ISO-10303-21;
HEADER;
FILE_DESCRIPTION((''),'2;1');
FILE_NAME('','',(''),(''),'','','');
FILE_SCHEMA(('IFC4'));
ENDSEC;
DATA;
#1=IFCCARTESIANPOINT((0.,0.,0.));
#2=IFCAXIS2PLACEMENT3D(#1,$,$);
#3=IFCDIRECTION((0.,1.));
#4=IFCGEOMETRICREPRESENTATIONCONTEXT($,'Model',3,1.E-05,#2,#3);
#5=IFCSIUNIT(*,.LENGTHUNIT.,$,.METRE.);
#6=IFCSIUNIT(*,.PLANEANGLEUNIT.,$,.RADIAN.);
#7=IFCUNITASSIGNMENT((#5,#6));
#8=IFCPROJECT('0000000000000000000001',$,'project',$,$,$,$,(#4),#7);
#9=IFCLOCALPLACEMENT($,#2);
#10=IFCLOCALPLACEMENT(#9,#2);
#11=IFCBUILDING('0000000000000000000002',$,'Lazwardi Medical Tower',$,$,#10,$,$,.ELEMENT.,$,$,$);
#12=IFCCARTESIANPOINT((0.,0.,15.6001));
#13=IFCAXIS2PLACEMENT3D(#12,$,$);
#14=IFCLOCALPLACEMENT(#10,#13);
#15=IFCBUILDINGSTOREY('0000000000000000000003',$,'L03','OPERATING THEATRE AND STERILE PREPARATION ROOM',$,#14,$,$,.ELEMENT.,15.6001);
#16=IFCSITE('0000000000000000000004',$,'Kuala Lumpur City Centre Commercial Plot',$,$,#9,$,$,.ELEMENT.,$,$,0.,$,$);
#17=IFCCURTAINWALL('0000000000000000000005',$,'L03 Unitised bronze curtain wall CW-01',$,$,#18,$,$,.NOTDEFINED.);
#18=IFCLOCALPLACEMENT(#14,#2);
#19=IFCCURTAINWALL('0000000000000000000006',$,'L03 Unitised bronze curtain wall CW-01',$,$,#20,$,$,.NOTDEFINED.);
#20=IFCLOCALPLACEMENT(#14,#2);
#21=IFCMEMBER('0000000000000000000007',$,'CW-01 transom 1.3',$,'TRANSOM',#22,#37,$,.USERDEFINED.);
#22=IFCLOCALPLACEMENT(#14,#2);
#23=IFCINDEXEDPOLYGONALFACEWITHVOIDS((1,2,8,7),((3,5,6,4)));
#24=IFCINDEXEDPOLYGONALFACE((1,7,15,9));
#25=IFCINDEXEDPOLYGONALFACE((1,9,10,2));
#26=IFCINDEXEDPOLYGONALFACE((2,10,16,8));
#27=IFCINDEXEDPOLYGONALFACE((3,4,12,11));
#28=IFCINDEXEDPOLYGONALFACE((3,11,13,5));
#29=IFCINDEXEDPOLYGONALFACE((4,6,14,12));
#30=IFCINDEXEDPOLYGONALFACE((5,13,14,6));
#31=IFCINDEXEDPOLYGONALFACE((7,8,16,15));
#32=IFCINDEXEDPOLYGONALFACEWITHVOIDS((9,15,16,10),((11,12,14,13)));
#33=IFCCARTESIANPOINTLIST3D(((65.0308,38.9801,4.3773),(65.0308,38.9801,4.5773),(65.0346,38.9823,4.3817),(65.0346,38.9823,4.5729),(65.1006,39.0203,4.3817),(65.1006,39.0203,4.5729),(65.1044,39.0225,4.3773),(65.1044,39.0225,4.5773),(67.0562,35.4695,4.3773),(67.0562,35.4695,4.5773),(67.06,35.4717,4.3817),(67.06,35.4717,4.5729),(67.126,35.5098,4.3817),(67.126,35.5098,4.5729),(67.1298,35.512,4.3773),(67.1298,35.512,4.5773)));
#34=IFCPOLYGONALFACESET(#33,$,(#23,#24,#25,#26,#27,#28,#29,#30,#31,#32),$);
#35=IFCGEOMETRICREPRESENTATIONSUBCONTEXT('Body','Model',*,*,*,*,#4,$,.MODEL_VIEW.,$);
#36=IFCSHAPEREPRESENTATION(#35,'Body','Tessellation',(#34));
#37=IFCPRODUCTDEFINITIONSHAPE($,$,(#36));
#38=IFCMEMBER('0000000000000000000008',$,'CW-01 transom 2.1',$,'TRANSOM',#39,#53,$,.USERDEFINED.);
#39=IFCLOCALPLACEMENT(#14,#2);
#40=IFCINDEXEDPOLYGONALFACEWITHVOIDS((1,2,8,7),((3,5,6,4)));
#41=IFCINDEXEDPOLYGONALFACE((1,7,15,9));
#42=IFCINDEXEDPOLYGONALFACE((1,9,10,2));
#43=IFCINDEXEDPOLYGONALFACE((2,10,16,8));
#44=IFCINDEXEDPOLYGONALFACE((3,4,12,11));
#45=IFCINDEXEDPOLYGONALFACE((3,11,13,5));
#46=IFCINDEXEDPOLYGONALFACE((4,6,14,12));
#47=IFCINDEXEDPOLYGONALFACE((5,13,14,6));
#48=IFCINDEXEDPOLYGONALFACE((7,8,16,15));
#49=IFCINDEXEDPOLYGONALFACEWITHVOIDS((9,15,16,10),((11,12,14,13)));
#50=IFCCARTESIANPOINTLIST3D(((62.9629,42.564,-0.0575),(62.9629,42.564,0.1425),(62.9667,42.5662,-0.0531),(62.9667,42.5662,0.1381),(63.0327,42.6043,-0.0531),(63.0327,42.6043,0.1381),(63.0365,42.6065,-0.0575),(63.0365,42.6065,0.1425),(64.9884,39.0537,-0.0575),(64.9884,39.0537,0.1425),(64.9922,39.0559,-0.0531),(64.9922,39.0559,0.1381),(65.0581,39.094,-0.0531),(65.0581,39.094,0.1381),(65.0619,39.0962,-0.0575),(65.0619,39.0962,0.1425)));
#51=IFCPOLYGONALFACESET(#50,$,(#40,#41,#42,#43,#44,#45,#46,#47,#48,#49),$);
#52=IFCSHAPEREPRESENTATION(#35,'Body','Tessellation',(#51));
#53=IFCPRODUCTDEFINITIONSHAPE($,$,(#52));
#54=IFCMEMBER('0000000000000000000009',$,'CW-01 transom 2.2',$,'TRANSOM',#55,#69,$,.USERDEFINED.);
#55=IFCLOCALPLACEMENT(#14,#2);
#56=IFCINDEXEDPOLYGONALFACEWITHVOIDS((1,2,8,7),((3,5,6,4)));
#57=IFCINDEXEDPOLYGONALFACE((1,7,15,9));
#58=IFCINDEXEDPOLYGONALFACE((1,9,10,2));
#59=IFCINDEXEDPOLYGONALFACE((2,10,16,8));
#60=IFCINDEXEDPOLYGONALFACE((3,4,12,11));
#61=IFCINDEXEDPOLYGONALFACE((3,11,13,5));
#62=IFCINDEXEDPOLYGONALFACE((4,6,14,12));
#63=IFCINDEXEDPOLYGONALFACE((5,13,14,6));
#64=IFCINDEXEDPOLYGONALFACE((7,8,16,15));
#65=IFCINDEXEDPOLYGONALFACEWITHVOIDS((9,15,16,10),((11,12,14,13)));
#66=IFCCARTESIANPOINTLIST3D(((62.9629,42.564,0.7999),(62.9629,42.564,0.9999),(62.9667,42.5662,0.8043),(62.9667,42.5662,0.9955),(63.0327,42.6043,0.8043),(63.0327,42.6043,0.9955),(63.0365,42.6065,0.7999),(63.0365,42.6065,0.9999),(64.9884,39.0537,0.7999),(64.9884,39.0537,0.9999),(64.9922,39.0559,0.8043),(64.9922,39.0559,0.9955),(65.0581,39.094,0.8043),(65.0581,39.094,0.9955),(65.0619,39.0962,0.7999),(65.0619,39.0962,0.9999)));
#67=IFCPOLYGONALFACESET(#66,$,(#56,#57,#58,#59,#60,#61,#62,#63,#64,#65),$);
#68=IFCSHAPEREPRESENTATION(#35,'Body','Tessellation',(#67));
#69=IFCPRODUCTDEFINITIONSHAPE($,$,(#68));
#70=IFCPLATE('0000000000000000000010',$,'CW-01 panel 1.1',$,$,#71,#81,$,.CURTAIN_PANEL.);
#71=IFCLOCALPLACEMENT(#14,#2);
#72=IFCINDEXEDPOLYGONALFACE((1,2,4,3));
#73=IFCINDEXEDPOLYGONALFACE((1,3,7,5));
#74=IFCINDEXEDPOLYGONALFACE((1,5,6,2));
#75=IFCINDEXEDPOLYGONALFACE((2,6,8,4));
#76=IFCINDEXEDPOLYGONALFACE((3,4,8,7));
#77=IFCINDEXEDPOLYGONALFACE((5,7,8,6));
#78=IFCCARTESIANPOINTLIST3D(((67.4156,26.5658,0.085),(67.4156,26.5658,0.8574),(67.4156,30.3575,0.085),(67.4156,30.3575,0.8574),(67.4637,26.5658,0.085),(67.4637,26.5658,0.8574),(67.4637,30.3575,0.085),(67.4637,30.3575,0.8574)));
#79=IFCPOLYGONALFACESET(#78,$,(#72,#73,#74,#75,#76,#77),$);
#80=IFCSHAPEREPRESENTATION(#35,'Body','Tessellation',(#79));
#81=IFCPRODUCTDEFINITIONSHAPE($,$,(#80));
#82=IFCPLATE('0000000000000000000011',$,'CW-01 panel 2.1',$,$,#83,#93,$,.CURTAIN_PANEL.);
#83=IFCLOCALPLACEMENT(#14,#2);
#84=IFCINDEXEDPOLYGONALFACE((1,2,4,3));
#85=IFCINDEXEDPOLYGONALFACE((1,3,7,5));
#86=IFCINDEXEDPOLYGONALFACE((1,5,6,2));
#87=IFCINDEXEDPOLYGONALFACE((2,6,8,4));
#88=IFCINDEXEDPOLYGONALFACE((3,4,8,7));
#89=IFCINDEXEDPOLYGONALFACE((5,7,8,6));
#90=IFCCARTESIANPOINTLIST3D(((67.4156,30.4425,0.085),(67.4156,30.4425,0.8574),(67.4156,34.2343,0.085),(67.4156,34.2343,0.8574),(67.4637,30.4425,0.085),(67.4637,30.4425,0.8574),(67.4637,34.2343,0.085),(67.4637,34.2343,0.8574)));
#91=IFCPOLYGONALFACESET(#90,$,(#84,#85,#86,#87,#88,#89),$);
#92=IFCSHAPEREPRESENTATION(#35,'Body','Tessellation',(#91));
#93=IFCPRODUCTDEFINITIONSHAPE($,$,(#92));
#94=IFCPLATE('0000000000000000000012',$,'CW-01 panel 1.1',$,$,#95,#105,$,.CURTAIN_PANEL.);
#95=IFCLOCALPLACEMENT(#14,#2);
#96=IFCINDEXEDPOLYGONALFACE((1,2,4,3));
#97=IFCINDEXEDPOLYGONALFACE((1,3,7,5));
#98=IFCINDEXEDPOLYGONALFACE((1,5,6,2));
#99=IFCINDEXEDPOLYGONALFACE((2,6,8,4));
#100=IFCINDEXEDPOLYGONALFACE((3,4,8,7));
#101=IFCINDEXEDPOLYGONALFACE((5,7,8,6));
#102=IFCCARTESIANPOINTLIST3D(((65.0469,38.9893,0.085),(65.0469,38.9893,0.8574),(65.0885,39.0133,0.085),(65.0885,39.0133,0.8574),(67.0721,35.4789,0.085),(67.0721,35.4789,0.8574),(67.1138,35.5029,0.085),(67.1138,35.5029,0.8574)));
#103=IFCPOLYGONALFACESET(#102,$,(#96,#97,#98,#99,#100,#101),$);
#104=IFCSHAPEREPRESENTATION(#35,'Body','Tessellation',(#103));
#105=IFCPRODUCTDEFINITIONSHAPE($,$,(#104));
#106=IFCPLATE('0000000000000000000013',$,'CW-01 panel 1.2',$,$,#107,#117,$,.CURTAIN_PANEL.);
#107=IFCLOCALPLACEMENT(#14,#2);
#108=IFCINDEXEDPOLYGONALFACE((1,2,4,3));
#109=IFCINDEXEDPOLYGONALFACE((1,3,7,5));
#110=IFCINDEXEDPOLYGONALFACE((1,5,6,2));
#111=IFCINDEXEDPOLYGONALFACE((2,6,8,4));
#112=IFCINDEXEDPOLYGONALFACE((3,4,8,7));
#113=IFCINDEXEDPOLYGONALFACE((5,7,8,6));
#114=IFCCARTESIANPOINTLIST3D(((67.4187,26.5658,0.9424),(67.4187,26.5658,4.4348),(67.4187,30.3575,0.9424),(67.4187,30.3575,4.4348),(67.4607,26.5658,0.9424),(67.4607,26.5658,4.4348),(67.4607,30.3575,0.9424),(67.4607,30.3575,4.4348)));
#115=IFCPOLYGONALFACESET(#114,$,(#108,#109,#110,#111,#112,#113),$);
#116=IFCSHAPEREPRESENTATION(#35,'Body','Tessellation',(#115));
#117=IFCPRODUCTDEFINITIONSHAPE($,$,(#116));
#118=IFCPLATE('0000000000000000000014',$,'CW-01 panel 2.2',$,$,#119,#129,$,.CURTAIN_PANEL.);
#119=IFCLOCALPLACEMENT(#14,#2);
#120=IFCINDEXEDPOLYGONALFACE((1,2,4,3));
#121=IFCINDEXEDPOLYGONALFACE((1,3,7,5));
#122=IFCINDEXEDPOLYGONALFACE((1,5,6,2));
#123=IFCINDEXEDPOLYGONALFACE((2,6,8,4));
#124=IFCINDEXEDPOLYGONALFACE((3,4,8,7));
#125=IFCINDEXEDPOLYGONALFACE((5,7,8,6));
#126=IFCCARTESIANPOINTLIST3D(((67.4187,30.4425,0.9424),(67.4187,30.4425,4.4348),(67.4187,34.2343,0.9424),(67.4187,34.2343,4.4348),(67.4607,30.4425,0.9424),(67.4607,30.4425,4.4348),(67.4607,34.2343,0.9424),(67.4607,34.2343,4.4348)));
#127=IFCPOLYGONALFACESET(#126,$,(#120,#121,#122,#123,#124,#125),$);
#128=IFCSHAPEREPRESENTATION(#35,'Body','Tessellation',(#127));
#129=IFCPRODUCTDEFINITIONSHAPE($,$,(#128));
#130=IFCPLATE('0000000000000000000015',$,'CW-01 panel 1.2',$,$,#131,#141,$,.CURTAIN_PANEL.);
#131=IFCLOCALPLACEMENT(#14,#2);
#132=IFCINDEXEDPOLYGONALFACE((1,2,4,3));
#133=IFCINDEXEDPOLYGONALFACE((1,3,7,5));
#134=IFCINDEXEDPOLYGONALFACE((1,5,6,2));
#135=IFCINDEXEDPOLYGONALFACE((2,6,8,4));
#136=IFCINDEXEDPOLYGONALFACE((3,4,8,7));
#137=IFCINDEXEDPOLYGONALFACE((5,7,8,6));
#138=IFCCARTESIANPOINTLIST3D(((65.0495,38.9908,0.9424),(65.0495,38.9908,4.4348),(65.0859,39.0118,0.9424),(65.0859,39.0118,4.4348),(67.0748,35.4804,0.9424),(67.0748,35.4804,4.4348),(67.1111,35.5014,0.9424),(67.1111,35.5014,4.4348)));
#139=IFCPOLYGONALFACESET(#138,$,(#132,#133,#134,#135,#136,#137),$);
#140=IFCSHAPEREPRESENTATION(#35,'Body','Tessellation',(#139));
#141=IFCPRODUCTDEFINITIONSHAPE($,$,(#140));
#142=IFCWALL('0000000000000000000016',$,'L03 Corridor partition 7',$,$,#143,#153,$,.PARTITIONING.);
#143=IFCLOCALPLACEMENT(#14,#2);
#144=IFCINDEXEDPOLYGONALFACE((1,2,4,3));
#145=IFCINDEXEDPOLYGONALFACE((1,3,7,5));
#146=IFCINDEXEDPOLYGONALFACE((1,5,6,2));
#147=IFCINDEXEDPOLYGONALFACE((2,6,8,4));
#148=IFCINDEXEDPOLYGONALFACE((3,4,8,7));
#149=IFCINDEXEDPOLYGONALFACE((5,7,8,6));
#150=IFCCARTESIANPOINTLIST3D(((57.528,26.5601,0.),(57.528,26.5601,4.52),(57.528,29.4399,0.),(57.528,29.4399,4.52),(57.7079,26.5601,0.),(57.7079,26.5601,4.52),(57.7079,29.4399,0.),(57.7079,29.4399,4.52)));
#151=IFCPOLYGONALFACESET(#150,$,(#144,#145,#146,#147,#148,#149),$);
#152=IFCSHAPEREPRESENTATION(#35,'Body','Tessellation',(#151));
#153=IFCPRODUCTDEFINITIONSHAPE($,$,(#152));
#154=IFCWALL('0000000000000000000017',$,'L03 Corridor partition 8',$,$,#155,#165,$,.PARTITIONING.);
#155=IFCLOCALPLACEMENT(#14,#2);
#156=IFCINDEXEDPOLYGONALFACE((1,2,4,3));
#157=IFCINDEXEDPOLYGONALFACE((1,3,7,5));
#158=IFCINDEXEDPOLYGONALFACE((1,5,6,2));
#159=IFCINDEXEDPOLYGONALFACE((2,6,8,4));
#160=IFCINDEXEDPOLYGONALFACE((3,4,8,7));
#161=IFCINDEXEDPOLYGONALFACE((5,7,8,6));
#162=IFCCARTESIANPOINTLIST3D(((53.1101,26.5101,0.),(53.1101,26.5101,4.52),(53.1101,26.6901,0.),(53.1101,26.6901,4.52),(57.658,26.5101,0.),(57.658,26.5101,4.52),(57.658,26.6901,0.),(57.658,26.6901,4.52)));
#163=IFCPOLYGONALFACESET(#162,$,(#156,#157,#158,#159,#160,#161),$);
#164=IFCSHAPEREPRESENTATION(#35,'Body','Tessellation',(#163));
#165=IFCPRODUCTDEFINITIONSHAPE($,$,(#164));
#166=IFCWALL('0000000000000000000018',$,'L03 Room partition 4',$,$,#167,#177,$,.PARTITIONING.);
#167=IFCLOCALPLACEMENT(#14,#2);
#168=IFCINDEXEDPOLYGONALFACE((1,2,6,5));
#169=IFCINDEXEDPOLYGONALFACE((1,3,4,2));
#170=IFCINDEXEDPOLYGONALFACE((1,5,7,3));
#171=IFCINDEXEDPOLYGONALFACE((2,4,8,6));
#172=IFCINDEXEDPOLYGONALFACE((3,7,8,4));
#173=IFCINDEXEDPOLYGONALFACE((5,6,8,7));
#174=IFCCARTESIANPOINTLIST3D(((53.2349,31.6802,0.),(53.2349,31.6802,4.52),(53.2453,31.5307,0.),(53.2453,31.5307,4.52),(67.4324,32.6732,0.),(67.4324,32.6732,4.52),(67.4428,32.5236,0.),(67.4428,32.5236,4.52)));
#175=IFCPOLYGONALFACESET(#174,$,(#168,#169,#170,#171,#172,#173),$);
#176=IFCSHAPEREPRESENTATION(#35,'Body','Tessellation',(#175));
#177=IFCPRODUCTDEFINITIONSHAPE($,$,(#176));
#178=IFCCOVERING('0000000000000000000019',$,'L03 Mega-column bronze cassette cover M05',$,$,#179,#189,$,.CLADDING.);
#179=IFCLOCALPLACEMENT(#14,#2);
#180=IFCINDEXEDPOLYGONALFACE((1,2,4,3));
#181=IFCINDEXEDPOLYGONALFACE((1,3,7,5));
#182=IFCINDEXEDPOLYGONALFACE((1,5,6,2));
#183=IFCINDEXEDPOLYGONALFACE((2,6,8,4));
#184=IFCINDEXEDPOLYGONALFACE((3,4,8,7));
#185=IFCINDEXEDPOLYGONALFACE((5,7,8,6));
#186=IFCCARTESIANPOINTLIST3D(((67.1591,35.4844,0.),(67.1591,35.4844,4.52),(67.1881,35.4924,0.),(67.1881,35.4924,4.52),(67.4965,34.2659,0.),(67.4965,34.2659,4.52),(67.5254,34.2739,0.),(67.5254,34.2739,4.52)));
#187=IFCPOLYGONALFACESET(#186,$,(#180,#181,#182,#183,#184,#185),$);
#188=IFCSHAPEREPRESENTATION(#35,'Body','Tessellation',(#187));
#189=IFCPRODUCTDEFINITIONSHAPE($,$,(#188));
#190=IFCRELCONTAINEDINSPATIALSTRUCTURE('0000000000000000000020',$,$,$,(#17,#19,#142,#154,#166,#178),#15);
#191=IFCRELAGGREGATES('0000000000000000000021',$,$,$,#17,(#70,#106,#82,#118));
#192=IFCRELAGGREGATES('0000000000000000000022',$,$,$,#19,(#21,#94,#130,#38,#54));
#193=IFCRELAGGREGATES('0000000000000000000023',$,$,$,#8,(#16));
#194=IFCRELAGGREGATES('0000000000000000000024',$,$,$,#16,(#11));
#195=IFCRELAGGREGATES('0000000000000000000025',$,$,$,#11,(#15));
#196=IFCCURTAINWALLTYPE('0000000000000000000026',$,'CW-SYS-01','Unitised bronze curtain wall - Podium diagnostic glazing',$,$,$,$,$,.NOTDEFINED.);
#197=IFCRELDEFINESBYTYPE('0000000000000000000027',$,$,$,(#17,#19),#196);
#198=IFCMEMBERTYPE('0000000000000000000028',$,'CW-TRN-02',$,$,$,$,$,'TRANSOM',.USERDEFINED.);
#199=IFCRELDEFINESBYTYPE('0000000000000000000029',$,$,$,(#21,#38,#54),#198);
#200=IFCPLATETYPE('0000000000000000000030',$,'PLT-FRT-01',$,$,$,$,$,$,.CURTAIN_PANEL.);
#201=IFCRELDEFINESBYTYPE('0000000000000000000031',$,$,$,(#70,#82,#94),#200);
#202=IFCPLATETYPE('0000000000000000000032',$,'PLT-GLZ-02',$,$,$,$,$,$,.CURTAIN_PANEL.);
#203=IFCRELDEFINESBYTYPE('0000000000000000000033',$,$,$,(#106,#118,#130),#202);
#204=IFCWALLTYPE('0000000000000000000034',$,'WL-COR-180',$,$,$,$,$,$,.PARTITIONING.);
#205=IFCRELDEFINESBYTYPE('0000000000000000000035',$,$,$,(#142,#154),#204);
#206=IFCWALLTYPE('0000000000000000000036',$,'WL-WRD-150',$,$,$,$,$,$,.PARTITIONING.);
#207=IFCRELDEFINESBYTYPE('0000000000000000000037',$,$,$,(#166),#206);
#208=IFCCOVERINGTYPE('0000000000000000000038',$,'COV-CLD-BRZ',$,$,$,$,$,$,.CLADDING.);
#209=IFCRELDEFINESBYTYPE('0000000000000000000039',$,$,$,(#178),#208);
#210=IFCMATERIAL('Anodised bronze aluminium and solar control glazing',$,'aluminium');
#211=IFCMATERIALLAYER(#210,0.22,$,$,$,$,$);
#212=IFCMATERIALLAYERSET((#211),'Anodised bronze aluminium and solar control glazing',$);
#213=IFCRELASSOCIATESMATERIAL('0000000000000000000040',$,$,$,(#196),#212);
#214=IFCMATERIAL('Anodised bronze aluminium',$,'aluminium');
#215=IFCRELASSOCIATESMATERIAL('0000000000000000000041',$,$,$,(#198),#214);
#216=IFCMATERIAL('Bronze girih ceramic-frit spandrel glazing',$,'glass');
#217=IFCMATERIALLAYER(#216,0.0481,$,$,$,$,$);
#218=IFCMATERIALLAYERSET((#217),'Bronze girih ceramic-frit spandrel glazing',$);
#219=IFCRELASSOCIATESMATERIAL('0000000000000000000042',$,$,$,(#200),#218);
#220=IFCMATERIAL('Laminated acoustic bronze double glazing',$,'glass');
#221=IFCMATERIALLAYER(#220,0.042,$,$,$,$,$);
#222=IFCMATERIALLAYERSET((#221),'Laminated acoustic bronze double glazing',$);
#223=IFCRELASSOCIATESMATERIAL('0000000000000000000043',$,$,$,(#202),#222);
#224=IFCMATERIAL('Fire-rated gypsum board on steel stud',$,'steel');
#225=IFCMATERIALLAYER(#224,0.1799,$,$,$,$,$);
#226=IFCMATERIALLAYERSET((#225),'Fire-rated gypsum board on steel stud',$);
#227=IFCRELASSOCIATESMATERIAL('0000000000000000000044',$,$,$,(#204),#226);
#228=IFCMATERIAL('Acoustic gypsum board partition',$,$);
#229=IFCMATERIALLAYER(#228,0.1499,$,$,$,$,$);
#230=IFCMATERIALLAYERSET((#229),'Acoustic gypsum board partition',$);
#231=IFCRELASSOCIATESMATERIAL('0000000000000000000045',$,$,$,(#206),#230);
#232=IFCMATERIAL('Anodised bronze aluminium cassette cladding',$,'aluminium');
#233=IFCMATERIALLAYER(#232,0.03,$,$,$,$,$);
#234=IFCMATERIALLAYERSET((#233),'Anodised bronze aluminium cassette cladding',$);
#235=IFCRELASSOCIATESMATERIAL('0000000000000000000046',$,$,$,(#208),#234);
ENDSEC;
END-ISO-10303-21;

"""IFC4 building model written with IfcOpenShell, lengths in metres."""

from ifc_helpers import new_model, si_unit, direction, frame, frame_2d, origin, origin_2d, place, context, subcontext, project, spatial, rectangle, hollow_rectangle, extrude, material, layer, layer_set, material_profile, profile_set, type_object, element, aggregate, save


model = new_model("IFC4")

# Units and contexts
model_context = context("Model", 3, precision=1e-05, world=origin(), true_north=direction((0.0, 1.0)))
body_context = subcontext(model_context, "Body", "Model", "MODEL_VIEW")
ifc_project = project(units=[si_unit("LENGTHUNIT", "METRE"), si_unit("PLANEANGLEUNIT", "RADIAN")], contexts=[model_context])

# Site, building, storey
site_placement = place(None, origin())
site = spatial("IfcSite", under=ifc_project, at=site_placement, Name="Kuala Lumpur City Centre Commercial Plot", CompositionType="ELEMENT", RefElevation=0.0)
building_placement = place(site_placement, origin())
building = spatial("IfcBuilding", under=site, at=building_placement, Name="Lazwardi Medical Tower", CompositionType="ELEMENT")
storey_placement = place(building_placement, frame((0.0, 0.0, 15.6001)))
storey = spatial("IfcBuildingStorey", under=building, at=storey_placement, Name="L03", Description="OPERATING THEATRE AND STERILE PREPARATION ROOM", CompositionType="ELEMENT", Elevation=15.6001)

# Curtain walls
ifc_material_1 = material(Name="Anodised bronze aluminium and solar control glazing", Category="aluminium")
ifc_layer_1 = layer(ifc_material_1, 0.22)
ifc_layer_set_1 = layer_set([ifc_layer_1], Name="Anodised bronze aluminium and solar control glazing")
curtain_wall_type = type_object("IfcCurtainWallType", Name="CW-SYS-01", Description="Unitised bronze curtain wall - Podium diagnostic glazing", PredefinedType="NOTDEFINED", material=ifc_layer_set_1)
curtain_wall_1_placement = place(storey_placement, origin())
curtain_wall_1 = element("IfcCurtainWall", 1, at=curtain_wall_1_placement, inside=storey, type_object=curtain_wall_type, Name="L03 Unitised bronze curtain wall CW-01", PredefinedType="NOTDEFINED")
ifc_material_2 = material(Name="Anodised bronze aluminium", Category="aluminium")
curtain_wall_2_placement = place(storey_placement, origin())
curtain_wall_2 = element("IfcCurtainWall", 2, at=curtain_wall_2_placement, inside=storey, type_object=curtain_wall_type, Name="L03 Unitised bronze curtain wall CW-01", PredefinedType="NOTDEFINED")

# Members
ifc_material_profile_1 = material_profile(ifc_material_2, hollow_rectangle(XDim=0.085, YDim=0.2, WallThickness=0.0044, at=origin_2d()), Name="ALU-TRANSOM 200x85x4.5")
ifc_profile_set_1 = profile_set([ifc_material_profile_1], Name="Anodised bronze aluminium")
member_type_1 = type_object("IfcMemberType", Name="CW-TRN-02", ElementType="TRANSOM", PredefinedType="USERDEFINED", material=ifc_profile_set_1)
member_1_placement = place(storey_placement, frame((67.093, 35.4907, 4.4773), z_axis=(-0.499742, 0.866175, 0.0), x_axis=(-0.866175, -0.499742, 0.0)))
member_1 = element("IfcMember", 3, at=member_1_placement, type_object=member_type_1, Name="CW-01 transom 1.3", ObjectType="TRANSOM", PredefinedType="USERDEFINED", context=body_context, shape_type="SweptSolid", body=[
    extrude(hollow_rectangle(XDim=0.085, YDim=0.2, WallThickness=0.0044, at=origin_2d()), origin(), (0.0, 0.0, 1.0), 4.053),
])
member_2_placement = place(storey_placement, frame((65.0251, 39.075, 0.0425), z_axis=(-0.499768, 0.86616, 0.0), x_axis=(-0.86616, -0.499768, 0.0)))
member_2 = element("IfcMember", 4, at=member_2_placement, type_object=member_type_1, Name="CW-01 transom 2.1", ObjectType="TRANSOM", PredefinedType="USERDEFINED", context=body_context, shape_type="SweptSolid", body=[
    extrude(hollow_rectangle(XDim=0.085, YDim=0.2, WallThickness=0.0044, at=origin_2d()), origin(), (0.0, 0.0, 1.0), 4.0527),
])
member_3_placement = place(storey_placement, frame((65.0251, 39.075, 0.8999), z_axis=(-0.499768, 0.86616, 0.0), x_axis=(-0.86616, -0.499768, 0.0)))
member_3 = element("IfcMember", 5, at=member_3_placement, type_object=member_type_1, Name="CW-01 transom 2.2", ObjectType="TRANSOM", PredefinedType="USERDEFINED", context=body_context, shape_type="SweptSolid", body=[
    extrude(hollow_rectangle(XDim=0.085, YDim=0.2, WallThickness=0.0044, at=origin_2d()), origin(), (0.0, 0.0, 1.0), 4.0527),
])

# Plates
ifc_material_3 = material(Name="Bronze girih ceramic-frit spandrel glazing", Category="glass")
ifc_layer_2 = layer(ifc_material_3, 0.0481)
ifc_layer_set_2 = layer_set([ifc_layer_2], Name="Bronze girih ceramic-frit spandrel glazing")
plate_type_1 = type_object("IfcPlateType", Name="PLT-FRT-01", PredefinedType="CURTAIN_PANEL", material=ifc_layer_set_2)
plate_1_placement = place(storey_placement, frame((67.4397, 28.4617, 0.085), z_axis=(0.0, 0.0, 1.0), x_axis=(0.0, 1.0, 0.0)))
plate_1 = element("IfcPlate", 6, at=plate_1_placement, type_object=plate_type_1, Name="CW-01 panel 1.1", PredefinedType="CURTAIN_PANEL", context=body_context, shape_type="SweptSolid", body=[
    extrude(rectangle(XDim=3.7917, YDim=0.0481, at=origin_2d()), origin(), (0.0, 0.0, 1.0), 0.7725),
])
plate_2_placement = place(storey_placement, frame((67.4397, 32.3384, 0.085), z_axis=(0.0, 0.0, 1.0), x_axis=(0.0, 1.0, 0.0)))
plate_2 = element("IfcPlate", 7, at=plate_2_placement, type_object=plate_type_1, Name="CW-01 panel 2.1", PredefinedType="CURTAIN_PANEL", context=body_context, shape_type="SweptSolid", body=[
    extrude(rectangle(XDim=3.7917, YDim=0.0481, at=origin_2d()), origin(), (0.0, 0.0, 1.0), 0.7725),
])
plate_3_placement = place(storey_placement, frame((66.0803, 37.2461, 0.085), z_axis=(0.0, 0.0, 1.0), x_axis=(-0.499731, 0.866181, 0.0)))
plate_3 = element("IfcPlate", 8, at=plate_3_placement, type_object=plate_type_1, Name="CW-01 panel 1.1", PredefinedType="CURTAIN_PANEL", context=body_context, shape_type="SweptSolid", body=[
    extrude(rectangle(XDim=4.0527, YDim=0.0481, at=origin_2d()), origin(), (0.0, 0.0, 1.0), 0.7725),
])
ifc_material_4 = material(Name="Laminated acoustic bronze double glazing", Category="glass")
ifc_layer_3 = layer(ifc_material_4, 0.042)
ifc_layer_set_3 = layer_set([ifc_layer_3], Name="Laminated acoustic bronze double glazing")
plate_type_2 = type_object("IfcPlateType", Name="PLT-GLZ-02", PredefinedType="CURTAIN_PANEL", material=ifc_layer_set_3)
plate_4_placement = place(storey_placement, frame((67.4397, 28.4617, 0.9424), z_axis=(0.0, 0.0, 1.0), x_axis=(0.0, 1.0, 0.0)))
plate_4 = element("IfcPlate", 9, at=plate_4_placement, type_object=plate_type_2, Name="CW-01 panel 1.2", PredefinedType="CURTAIN_PANEL", context=body_context, shape_type="SweptSolid", body=[
    extrude(rectangle(XDim=3.7917, YDim=0.042, at=origin_2d()), origin(), (0.0, 0.0, 1.0), 3.4924),
])
plate_5_placement = place(storey_placement, frame((67.4397, 32.3384, 0.9424), z_axis=(0.0, 0.0, 1.0), x_axis=(0.0, 1.0, 0.0)))
plate_5 = element("IfcPlate", 10, at=plate_5_placement, type_object=plate_type_2, Name="CW-01 panel 2.2", PredefinedType="CURTAIN_PANEL", context=body_context, shape_type="SweptSolid", body=[
    extrude(rectangle(XDim=3.7917, YDim=0.042, at=origin_2d()), origin(), (0.0, 0.0, 1.0), 3.4924),
])
aggregate(curtain_wall_1, [plate_1, plate_4, plate_2, plate_5])
plate_6_placement = place(storey_placement, frame((66.0803, 37.2461, 0.9424), z_axis=(0.0, 0.0, 1.0), x_axis=(-0.499731, 0.866181, 0.0)))
plate_6 = element("IfcPlate", 11, at=plate_6_placement, type_object=plate_type_2, Name="CW-01 panel 1.2", PredefinedType="CURTAIN_PANEL", context=body_context, shape_type="SweptSolid", body=[
    extrude(rectangle(XDim=4.0527, YDim=0.042, at=origin_2d()), origin(), (0.0, 0.0, 1.0), 3.4924),
])
aggregate(curtain_wall_2, [member_1, plate_3, plate_6, member_2, member_3])

# Walls
ifc_material_5 = material(Name="Fire-rated gypsum board on steel stud", Category="steel")
ifc_layer_4 = layer(ifc_material_5, 0.1799)
ifc_layer_set_4 = layer_set([ifc_layer_4], Name="Fire-rated gypsum board on steel stud")
wall_type_1 = type_object("IfcWallType", Name="WL-COR-180", PredefinedType="PARTITIONING", material=ifc_layer_set_4)
wall_1_placement = place(storey_placement, frame((57.6179, 29.4399, 0.0), z_axis=(0.0, 0.0, 1.0), x_axis=(0.0, -1.0, 0.0)))
element("IfcWall", 12, at=wall_1_placement, inside=storey, type_object=wall_type_1, Name="L03 Corridor partition 7", PredefinedType="PARTITIONING", context=body_context, shape_type="SweptSolid", body=[
    extrude(rectangle(XDim=2.8799, YDim=0.1799, at=frame_2d((1.4399, 0.0))), origin(), (0.0, 0.0, 1.0), 4.52),
])
wall_2_placement = place(storey_placement, frame((57.658, 26.6001, 0.0), z_axis=(0.0, 0.0, 1.0), x_axis=(-1.0, 0.0, 0.0)))
element("IfcWall", 13, at=wall_2_placement, inside=storey, type_object=wall_type_1, Name="L03 Corridor partition 8", PredefinedType="PARTITIONING", context=body_context, shape_type="SweptSolid", body=[
    extrude(rectangle(XDim=4.5479, YDim=0.1799, at=frame_2d((2.2739, 0.0))), origin(), (0.0, 0.0, 1.0), 4.52),
])
ifc_material_6 = material(Name="Acoustic gypsum board partition")
ifc_layer_5 = layer(ifc_material_6, 0.1499)
ifc_layer_set_5 = layer_set([ifc_layer_5], Name="Acoustic gypsum board partition")
wall_type_2 = type_object("IfcWallType", Name="WL-WRD-150", PredefinedType="PARTITIONING", material=ifc_layer_set_5)
wall_3_placement = place(storey_placement, frame((53.24, 31.6055, 0.0), z_axis=(0.0, 0.0, 1.0), x_axis=(0.997563, 0.069766, 0.0)))
element("IfcWall", 14, at=wall_3_placement, inside=storey, type_object=wall_type_2, Name="L03 Room partition 4", PredefinedType="PARTITIONING", context=body_context, shape_type="SweptSolid", body=[
    extrude(rectangle(XDim=14.2322, YDim=0.1499, at=frame_2d((7.1162, 0.0))), origin(), (0.0, 0.0, 1.0), 4.52),
])

# Covering
ifc_material_7 = material(Name="Anodised bronze aluminium cassette cladding", Category="aluminium")
ifc_layer_6 = layer(ifc_material_7, 0.03)
ifc_layer_set_6 = layer_set([ifc_layer_6], Name="Anodised bronze aluminium cassette cladding")
covering_type = type_object("IfcCoveringType", Name="COV-CLD-BRZ", PredefinedType="CLADDING", material=ifc_layer_set_6)
covering_placement = place(storey_placement, frame((67.3423, 34.8792, 0.0), z_axis=(0.0, 0.0, 1.0), x_axis=(-0.266836, 0.963742, 0.0)))
element("IfcCovering", 15, at=covering_placement, inside=storey, type_object=covering_type, Name="L03 Mega-column bronze cassette cover M05", PredefinedType="CLADDING", context=body_context, shape_type="SweptSolid", body=[
    extrude(rectangle(XDim=1.2644, YDim=0.03, at=origin_2d()), origin(), (0.0, 0.0, 1.0), 4.52),
])

save(model, "model.ifc")
